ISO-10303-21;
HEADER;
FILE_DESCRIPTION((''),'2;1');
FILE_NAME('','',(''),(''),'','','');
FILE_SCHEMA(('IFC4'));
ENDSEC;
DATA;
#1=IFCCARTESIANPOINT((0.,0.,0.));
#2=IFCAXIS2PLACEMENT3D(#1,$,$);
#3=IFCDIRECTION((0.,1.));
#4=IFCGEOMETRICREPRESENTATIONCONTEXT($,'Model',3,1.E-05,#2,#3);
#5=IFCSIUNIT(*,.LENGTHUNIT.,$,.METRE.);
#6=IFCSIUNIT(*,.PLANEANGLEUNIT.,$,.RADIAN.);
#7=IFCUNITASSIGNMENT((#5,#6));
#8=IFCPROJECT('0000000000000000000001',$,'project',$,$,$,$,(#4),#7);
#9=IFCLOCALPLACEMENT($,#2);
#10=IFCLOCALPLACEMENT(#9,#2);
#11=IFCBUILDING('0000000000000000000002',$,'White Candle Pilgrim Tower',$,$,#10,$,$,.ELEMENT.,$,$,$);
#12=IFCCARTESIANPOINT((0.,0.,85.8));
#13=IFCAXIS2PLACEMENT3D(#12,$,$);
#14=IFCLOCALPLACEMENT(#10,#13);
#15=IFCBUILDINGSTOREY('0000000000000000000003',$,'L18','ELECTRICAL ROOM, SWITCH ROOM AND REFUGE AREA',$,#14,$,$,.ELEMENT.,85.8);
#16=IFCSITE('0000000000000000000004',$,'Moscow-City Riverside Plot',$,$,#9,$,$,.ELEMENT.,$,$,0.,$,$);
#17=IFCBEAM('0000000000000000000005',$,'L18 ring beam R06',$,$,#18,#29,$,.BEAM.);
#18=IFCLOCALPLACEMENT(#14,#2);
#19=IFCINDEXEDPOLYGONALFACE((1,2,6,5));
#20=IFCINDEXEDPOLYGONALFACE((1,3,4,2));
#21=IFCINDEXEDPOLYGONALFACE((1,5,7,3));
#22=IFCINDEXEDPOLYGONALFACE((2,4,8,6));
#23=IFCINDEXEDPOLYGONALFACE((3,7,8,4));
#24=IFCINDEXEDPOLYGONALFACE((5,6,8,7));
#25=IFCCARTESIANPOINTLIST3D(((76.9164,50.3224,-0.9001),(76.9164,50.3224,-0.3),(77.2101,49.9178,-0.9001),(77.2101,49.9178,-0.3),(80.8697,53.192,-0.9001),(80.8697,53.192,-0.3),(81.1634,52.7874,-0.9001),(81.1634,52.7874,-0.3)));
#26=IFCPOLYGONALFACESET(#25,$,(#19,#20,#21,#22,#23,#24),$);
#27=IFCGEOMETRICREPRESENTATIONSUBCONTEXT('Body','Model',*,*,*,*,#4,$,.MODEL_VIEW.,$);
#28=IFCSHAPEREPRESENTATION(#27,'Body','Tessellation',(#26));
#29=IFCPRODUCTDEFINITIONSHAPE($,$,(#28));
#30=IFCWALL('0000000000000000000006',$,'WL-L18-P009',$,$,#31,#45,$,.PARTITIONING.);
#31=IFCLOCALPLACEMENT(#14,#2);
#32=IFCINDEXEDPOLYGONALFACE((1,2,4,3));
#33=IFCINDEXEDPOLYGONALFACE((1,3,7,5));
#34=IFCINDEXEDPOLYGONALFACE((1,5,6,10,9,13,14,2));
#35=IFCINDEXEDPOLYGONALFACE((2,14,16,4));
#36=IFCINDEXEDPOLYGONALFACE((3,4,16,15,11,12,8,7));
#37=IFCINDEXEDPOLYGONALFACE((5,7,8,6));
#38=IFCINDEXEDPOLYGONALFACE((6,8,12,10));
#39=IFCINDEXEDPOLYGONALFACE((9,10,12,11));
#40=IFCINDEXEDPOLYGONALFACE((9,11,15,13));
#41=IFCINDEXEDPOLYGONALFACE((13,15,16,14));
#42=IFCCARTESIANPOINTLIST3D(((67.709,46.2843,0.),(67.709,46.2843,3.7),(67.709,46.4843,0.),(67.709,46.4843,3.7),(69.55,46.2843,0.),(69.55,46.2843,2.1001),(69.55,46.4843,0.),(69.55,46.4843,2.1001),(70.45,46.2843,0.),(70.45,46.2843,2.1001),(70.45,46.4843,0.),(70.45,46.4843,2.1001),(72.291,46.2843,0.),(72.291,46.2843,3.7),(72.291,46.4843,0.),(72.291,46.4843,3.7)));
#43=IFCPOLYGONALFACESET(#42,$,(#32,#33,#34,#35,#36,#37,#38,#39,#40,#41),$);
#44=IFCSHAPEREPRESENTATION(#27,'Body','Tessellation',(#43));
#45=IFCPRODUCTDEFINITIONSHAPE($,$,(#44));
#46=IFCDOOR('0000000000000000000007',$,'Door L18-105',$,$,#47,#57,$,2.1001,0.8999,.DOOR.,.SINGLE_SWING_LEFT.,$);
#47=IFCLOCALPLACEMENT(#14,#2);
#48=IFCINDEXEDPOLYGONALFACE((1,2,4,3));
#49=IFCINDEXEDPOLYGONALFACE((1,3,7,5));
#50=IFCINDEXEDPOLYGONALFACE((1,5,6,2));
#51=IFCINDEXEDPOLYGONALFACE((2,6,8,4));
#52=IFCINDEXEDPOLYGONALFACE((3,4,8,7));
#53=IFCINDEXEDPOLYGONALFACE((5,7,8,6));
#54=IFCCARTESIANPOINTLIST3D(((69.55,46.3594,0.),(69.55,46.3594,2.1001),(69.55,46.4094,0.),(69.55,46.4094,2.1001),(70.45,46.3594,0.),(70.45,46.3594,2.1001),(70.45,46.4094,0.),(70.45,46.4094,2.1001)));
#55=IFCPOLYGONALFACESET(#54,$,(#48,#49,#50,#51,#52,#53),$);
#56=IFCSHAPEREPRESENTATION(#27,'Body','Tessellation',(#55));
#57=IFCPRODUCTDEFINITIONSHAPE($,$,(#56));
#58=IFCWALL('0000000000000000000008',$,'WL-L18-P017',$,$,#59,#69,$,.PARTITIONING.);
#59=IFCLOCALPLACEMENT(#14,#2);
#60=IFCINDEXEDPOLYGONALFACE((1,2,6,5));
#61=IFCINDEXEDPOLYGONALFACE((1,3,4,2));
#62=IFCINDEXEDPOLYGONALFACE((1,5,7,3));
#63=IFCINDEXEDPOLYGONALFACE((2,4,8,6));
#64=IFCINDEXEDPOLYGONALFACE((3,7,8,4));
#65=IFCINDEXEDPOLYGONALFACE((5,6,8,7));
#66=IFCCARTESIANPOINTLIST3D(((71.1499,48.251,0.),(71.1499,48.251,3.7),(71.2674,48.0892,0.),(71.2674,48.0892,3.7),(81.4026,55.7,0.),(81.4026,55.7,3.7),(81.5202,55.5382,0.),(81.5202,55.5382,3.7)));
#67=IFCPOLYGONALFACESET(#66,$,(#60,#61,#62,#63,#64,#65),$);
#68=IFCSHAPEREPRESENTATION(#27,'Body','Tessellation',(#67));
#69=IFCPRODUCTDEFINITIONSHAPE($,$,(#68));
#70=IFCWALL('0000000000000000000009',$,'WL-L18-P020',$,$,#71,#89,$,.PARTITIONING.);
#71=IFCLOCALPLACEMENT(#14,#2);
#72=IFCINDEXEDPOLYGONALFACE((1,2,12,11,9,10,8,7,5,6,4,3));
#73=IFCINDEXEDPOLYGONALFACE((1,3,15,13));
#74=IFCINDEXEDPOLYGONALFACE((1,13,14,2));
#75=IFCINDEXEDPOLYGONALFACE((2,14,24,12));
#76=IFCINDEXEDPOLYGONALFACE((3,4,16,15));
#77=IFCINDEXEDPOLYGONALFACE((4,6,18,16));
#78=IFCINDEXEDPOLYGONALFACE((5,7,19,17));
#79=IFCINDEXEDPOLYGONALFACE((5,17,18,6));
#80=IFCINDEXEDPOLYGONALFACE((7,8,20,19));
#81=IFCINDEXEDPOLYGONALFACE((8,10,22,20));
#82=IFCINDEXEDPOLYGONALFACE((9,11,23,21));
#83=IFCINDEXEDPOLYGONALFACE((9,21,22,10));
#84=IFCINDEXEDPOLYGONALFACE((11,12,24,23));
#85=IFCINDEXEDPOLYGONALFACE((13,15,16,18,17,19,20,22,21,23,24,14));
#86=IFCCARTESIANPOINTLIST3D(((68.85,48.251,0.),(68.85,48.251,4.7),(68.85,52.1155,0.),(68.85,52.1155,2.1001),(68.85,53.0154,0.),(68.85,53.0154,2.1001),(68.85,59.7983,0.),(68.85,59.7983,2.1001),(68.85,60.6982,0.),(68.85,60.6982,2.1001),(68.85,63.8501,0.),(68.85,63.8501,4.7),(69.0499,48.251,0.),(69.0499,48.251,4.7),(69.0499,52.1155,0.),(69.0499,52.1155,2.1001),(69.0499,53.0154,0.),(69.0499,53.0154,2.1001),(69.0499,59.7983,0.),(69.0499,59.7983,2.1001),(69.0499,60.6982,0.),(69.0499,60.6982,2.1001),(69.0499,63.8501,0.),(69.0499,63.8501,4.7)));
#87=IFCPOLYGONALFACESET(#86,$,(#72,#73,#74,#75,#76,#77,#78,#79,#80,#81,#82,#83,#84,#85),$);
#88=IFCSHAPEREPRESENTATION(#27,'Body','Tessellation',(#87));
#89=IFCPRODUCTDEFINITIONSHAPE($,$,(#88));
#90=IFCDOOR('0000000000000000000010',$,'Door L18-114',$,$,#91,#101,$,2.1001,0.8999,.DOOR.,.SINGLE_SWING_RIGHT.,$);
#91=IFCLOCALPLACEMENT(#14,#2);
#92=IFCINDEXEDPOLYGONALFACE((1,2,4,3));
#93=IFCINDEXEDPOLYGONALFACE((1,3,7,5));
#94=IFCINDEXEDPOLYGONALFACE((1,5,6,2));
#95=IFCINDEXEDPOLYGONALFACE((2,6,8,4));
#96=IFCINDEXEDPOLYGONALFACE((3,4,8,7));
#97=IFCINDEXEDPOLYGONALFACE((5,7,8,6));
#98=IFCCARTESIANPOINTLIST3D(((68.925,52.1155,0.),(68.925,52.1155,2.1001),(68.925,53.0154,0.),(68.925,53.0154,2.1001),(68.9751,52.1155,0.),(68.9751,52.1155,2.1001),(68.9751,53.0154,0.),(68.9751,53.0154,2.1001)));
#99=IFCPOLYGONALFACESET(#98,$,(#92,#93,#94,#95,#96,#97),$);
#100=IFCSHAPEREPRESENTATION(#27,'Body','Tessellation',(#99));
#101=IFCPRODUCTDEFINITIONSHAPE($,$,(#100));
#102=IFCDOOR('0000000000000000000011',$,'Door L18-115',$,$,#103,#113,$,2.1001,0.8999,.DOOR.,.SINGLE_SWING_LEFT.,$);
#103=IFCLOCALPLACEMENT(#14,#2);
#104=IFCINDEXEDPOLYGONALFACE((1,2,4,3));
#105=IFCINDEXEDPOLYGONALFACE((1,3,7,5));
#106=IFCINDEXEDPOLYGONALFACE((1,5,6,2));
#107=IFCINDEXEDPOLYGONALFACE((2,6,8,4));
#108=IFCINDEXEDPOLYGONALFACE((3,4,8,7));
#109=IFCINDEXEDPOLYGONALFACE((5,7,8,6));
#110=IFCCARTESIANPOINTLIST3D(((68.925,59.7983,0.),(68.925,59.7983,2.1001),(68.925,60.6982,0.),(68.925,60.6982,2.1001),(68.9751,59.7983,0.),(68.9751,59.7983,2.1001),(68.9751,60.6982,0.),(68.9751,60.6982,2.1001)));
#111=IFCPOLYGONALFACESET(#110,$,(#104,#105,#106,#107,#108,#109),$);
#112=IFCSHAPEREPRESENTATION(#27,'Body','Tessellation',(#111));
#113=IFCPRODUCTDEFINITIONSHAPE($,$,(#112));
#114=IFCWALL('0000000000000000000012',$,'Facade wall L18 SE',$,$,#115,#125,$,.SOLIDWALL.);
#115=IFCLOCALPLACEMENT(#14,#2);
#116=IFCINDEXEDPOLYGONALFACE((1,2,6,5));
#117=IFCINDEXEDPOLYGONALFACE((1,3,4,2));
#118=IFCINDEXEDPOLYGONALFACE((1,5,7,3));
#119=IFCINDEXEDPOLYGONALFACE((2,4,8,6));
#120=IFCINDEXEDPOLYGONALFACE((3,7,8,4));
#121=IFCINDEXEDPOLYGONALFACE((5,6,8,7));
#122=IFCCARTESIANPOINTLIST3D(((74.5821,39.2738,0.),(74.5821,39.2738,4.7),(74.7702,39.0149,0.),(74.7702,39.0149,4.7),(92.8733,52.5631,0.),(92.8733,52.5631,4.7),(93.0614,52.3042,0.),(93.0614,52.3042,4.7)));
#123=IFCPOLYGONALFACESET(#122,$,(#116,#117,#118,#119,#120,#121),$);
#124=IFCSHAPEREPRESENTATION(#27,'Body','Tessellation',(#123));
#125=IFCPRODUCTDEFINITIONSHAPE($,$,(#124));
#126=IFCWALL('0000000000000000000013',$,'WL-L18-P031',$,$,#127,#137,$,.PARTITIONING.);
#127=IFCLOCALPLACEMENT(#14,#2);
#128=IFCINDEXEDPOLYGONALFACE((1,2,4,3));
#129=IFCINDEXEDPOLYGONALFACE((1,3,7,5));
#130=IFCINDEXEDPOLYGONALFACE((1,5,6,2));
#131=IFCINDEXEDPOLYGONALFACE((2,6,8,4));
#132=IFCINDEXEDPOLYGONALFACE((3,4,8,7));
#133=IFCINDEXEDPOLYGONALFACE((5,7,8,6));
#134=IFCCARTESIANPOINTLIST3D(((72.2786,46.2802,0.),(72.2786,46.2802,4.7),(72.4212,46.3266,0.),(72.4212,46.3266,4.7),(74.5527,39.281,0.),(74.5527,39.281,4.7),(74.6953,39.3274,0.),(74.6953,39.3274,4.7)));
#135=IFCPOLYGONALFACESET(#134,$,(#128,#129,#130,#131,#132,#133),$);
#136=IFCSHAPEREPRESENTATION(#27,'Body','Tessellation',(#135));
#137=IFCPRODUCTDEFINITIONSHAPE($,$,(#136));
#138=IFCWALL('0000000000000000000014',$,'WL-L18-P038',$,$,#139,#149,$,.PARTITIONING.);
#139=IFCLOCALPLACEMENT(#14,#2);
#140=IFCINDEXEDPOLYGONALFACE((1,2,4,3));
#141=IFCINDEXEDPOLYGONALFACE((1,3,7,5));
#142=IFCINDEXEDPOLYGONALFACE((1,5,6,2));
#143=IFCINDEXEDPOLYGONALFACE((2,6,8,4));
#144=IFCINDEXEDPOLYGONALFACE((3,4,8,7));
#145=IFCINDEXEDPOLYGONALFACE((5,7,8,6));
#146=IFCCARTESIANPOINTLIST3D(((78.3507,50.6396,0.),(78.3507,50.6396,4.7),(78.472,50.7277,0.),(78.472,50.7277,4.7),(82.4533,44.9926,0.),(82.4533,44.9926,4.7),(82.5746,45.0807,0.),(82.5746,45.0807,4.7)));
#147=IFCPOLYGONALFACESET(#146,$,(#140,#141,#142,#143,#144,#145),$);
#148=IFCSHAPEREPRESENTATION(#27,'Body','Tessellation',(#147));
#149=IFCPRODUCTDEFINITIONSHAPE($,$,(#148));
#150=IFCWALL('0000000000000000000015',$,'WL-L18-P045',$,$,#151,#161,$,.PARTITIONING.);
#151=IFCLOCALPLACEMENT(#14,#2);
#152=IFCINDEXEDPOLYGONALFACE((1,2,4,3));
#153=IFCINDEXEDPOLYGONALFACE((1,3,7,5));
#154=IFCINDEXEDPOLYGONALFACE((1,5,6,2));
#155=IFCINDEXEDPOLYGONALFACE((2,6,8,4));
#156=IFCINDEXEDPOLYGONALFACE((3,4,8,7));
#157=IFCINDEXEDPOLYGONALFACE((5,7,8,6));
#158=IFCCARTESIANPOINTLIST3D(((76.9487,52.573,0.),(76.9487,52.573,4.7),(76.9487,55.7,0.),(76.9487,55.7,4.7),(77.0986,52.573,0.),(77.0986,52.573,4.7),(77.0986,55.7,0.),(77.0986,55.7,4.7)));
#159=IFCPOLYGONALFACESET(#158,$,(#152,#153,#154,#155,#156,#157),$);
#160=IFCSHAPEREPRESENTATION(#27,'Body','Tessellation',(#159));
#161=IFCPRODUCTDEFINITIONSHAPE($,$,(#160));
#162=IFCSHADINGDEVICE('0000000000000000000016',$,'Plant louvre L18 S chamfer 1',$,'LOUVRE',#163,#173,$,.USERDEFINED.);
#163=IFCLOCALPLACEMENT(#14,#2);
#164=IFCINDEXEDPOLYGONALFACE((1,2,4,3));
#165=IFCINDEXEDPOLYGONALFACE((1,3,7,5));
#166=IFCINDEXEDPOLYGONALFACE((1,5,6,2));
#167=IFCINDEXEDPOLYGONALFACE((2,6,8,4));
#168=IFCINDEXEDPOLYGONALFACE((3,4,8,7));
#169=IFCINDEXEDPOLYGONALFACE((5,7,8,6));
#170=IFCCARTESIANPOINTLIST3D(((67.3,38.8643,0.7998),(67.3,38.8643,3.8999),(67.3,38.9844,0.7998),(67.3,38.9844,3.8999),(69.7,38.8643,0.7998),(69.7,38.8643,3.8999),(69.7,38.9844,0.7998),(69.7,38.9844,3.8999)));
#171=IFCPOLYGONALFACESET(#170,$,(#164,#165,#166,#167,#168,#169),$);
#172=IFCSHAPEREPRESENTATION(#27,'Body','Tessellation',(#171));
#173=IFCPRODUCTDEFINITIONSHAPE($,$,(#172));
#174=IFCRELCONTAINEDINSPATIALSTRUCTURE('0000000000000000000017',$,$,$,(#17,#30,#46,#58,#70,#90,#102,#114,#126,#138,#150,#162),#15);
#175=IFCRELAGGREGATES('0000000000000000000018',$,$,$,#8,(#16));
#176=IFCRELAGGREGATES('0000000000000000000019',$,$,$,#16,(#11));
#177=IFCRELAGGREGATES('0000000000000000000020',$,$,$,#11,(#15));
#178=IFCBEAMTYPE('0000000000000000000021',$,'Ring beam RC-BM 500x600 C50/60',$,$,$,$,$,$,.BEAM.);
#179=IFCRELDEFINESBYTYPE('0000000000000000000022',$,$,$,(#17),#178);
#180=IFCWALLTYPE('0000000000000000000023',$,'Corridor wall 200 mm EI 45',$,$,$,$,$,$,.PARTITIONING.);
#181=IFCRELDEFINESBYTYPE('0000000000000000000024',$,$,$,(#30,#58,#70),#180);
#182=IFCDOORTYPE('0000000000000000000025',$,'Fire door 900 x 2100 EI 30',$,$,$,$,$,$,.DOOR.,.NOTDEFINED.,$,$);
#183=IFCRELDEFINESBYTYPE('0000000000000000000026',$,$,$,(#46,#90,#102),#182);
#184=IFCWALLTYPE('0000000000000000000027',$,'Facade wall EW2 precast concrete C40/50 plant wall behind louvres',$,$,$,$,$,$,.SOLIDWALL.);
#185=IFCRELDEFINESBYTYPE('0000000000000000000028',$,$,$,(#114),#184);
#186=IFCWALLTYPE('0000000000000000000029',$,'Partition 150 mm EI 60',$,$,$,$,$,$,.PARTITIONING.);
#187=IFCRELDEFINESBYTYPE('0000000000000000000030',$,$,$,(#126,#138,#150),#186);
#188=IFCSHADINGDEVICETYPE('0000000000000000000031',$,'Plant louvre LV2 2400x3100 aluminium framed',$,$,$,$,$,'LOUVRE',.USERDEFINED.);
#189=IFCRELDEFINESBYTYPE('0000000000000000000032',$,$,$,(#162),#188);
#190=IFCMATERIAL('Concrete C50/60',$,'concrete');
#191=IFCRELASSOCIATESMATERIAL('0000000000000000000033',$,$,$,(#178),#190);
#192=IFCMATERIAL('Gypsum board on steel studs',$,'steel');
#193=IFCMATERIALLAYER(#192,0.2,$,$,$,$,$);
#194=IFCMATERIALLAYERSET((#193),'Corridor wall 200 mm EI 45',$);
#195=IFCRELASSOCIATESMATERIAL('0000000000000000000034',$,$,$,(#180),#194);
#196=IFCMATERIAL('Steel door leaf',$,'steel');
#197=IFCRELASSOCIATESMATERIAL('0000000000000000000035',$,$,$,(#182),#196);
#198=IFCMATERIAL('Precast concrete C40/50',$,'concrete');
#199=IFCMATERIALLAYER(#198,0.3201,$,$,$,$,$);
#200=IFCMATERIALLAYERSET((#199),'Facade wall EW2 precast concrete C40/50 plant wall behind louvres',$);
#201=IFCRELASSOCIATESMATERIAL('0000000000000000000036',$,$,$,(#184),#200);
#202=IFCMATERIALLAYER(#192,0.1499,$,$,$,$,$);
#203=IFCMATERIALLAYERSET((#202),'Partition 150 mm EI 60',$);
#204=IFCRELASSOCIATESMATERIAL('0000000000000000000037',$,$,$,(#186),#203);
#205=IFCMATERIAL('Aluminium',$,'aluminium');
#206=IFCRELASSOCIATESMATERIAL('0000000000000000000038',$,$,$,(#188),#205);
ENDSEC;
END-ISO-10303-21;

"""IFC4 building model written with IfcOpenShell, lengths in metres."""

from ifc_helpers import new_model, si_unit, direction, frame, frame_2d, origin, origin_2d, place, context, subcontext, project, spatial, rectangle, extrude, material, layer, layer_set, material_profile, profile_set, type_object, element, fill, save


model = new_model("IFC4")

# Units and contexts
model_context = context("Model", 3, precision=1e-05, world=origin(), true_north=direction((0.0, 1.0)))
body_context = subcontext(model_context, "Body", "Model", "MODEL_VIEW")
ifc_project = project(units=[si_unit("LENGTHUNIT", "METRE"), si_unit("PLANEANGLEUNIT", "RADIAN")], contexts=[model_context])

# Site, building, storey
site_placement = place(None, origin())
site = spatial("IfcSite", under=ifc_project, at=site_placement, Name="Moscow-City Riverside Plot", CompositionType="ELEMENT", RefElevation=0.0)
building_placement = place(site_placement, origin())
building = spatial("IfcBuilding", under=site, at=building_placement, Name="White Candle Pilgrim Tower", CompositionType="ELEMENT")
storey_placement = place(building_placement, frame((0.0, 0.0, 85.8)))
storey = spatial("IfcBuildingStorey", under=building, at=storey_placement, Name="L18", Description="ELECTRICAL ROOM, SWITCH ROOM AND REFUGE AREA", CompositionType="ELEMENT", Elevation=85.8)

# Beam
ifc_material_1 = material(Name="Concrete C50/60", Category="concrete")
ifc_material_profile_1 = material_profile(ifc_material_1, rectangle(XDim=0.5, YDim=0.6001, at=origin_2d()), Name="RC-BM 500x600")
ifc_profile_set_1 = profile_set([ifc_material_profile_1], Name="Concrete C50/60")
beam_type = type_object("IfcBeamType", Name="Ring beam RC-BM 500x600 C50/60", PredefinedType="BEAM", material=ifc_profile_set_1)
beam_1_placement = place(storey_placement, frame((77.0632, 50.1201, -0.6001), z_axis=(0.809276, 0.587429, 0.0), x_axis=(-0.587429, 0.809276, 0.0)))
element("IfcBeam", 1, at=beam_1_placement, inside=storey, type_object=beam_type, Name="L18 ring beam R06", PredefinedType="BEAM", context=body_context, shape_type="SweptSolid", body=[
    extrude(rectangle(XDim=0.5, YDim=0.6001, at=origin_2d()), origin(), (0.0, 0.0, 1.0), 4.885),
])

# Wall, opening, door
ifc_material_2 = material(Name="Gypsum board on steel studs", Category="steel")
ifc_layer_1 = layer(ifc_material_2, 0.2)
ifc_layer_set_1 = layer_set([ifc_layer_1], Name="Corridor wall 200 mm EI 45")
wall_type_1 = type_object("IfcWallType", Name="Corridor wall 200 mm EI 45", PredefinedType="PARTITIONING", material=ifc_layer_set_1)
wall_1_placement = place(storey_placement, frame((72.291, 46.3843, 0.0), z_axis=(0.0, 0.0, 1.0), x_axis=(-1.0, 0.0, 0.0)))
wall_1 = element("IfcWall", 2, at=wall_1_placement, inside=storey, type_object=wall_type_1, Name="WL-L18-P009", PredefinedType="PARTITIONING", context=body_context, shape_type="SweptSolid", body=[
    extrude(rectangle(XDim=4.582, YDim=0.2, at=frame_2d((2.291, 0.0))), origin(), (0.0, 0.0, 1.0), 3.7),
])
opening_1_placement = place(wall_1_placement, frame((1.8411, 0.0, 0.0)))
opening_1 = element("IfcOpeningElement", 3, at=opening_1_placement, cuts=wall_1, PredefinedType="OPENING", context=body_context, shape_type="SweptSolid", body=[
    extrude(rectangle(XDim=0.8999, YDim=2.1001, at=frame_2d((0.45, 1.05))), frame((0.0, 0.1099, 0.0), z_axis=(0.0, -1.0, 0.0), x_axis=(1.0, 0.0, 0.0)), (0.0, 0.0, 1.0), 0.22),
])
ifc_material_3 = material(Name="Steel door leaf", Category="steel")
door_type = type_object("IfcDoorType", Name="Fire door 900 x 2100 EI 30", OperationType="NOTDEFINED", PredefinedType="DOOR", material=ifc_material_3)
door_1_placement = place(opening_1_placement, origin())
door_1 = element("IfcDoor", 4, at=door_1_placement, inside=storey, type_object=door_type, Name="Door L18-105", OperationType="SINGLE_SWING_LEFT", OverallHeight=2.1001, OverallWidth=0.8999, PredefinedType="DOOR", context=body_context, shape_type="SweptSolid", body=[
    extrude(rectangle(XDim=0.8999, YDim=2.1001, at=frame_2d((0.45, 1.05))), frame((0.0, 0.0249, 0.0), z_axis=(0.0, -1.0, 0.0), x_axis=(1.0, 0.0, 0.0)), (0.0, 0.0, 1.0), 0.05),
])
fill(opening_1, door_1)

# Wall
wall_2_placement = place(storey_placement, frame((71.2087, 48.1702, 0.0), z_axis=(0.0, 0.0, 1.0), x_axis=(0.809018, 0.587783, 0.0)))
element("IfcWall", 5, at=wall_2_placement, inside=storey, type_object=wall_type_1, Name="WL-L18-P017", PredefinedType="PARTITIONING", context=body_context, shape_type="SweptSolid", body=[
    extrude(rectangle(XDim=12.6731, YDim=0.2, at=frame_2d((6.3364, 0.0))), origin(), (0.0, 0.0, 1.0), 3.7),
])

# Wall, openings, doors
wall_3_placement = place(storey_placement, frame((68.95, 48.251, 0.0), z_axis=(0.0, 0.0, 1.0), x_axis=(0.0, 1.0, 0.0)))
wall_3 = element("IfcWall", 6, at=wall_3_placement, inside=storey, type_object=wall_type_1, Name="WL-L18-P020", PredefinedType="PARTITIONING", context=body_context, shape_type="SweptSolid", body=[
    extrude(rectangle(XDim=15.5991, YDim=0.2, at=frame_2d((7.7996, 0.0))), origin(), (0.0, 0.0, 1.0), 4.7),
])
opening_2_placement = place(wall_3_placement, frame((3.8645, 0.0, 0.0)))
opening_2 = element("IfcOpeningElement", 7, at=opening_2_placement, cuts=wall_3, PredefinedType="OPENING", context=body_context, shape_type="SweptSolid", body=[
    extrude(rectangle(XDim=0.8999, YDim=2.1001, at=frame_2d((0.45, 1.05))), frame((0.0, 0.1099, 0.0), z_axis=(0.0, -1.0, 0.0), x_axis=(1.0, 0.0, 0.0)), (0.0, 0.0, 1.0), 0.22),
])
opening_3_placement = place(wall_3_placement, frame((11.5474, 0.0, 0.0)))
opening_3 = element("IfcOpeningElement", 8, at=opening_3_placement, cuts=wall_3, PredefinedType="OPENING", context=body_context, shape_type="SweptSolid", body=[
    extrude(rectangle(XDim=0.8999, YDim=2.1001, at=frame_2d((0.45, 1.05))), frame((0.0, 0.1099, 0.0), z_axis=(0.0, -1.0, 0.0), x_axis=(1.0, 0.0, 0.0)), (0.0, 0.0, 1.0), 0.22),
])
door_2_placement = place(opening_2_placement, origin())
door_2 = element("IfcDoor", 9, at=door_2_placement, inside=storey, type_object=door_type, Name="Door L18-114", OperationType="SINGLE_SWING_RIGHT", OverallHeight=2.1001, OverallWidth=0.8999, PredefinedType="DOOR", context=body_context, shape_type="SweptSolid", body=[
    extrude(rectangle(XDim=0.8999, YDim=2.1001, at=frame_2d((0.45, 1.05))), frame((0.0, 0.0249, 0.0), z_axis=(0.0, -1.0, 0.0), x_axis=(1.0, 0.0, 0.0)), (0.0, 0.0, 1.0), 0.05),
])
fill(opening_2, door_2)
door_3_placement = place(opening_3_placement, origin())
door_3 = element("IfcDoor", 10, at=door_3_placement, inside=storey, type_object=door_type, Name="Door L18-115", OperationType="SINGLE_SWING_LEFT", OverallHeight=2.1001, OverallWidth=0.8999, PredefinedType="DOOR", context=body_context, shape_type="SweptSolid", body=[
    extrude(rectangle(XDim=0.8999, YDim=2.1001, at=frame_2d((0.45, 1.05))), frame((0.0, 0.0249, 0.0), z_axis=(0.0, -1.0, 0.0), x_axis=(1.0, 0.0, 0.0)), (0.0, 0.0, 1.0), 0.05),
])
fill(opening_3, door_3)

# Walls
ifc_material_4 = material(Name="Precast concrete C40/50", Category="concrete")
ifc_layer_2 = layer(ifc_material_4, 0.3201)
ifc_layer_set_2 = layer_set([ifc_layer_2], Name="Facade wall EW2 precast concrete C40/50 plant wall behind louvres")
wall_type_2 = type_object("IfcWallType", Name="Facade wall EW2 precast concrete C40/50 plant wall behind louvres", PredefinedType="SOLIDWALL", material=ifc_layer_set_2)
wall_4_placement = place(storey_placement, frame((74.676, 39.1443, 0.0), z_axis=(0.0, 0.0, 1.0), x_axis=(0.809018, 0.587783, 0.0)))
element("IfcWall", 11, at=wall_4_placement, inside=storey, type_object=wall_type_2, Name="Facade wall L18 SE", PredefinedType="SOLIDWALL", context=body_context, shape_type="SweptSolid", body=[
    extrude(rectangle(XDim=22.6091, YDim=0.3201, at=frame_2d((11.3047, 0.0))), origin(), (0.0, 0.0, 1.0), 4.7),
])
ifc_layer_3 = layer(ifc_material_2, 0.1499)
ifc_layer_set_3 = layer_set([ifc_layer_3], Name="Partition 150 mm EI 60")
wall_type_3 = type_object("IfcWallType", Name="Partition 150 mm EI 60", PredefinedType="PARTITIONING", material=ifc_layer_set_3)
wall_5_placement = place(storey_placement, frame((74.624, 39.3042, 0.0), z_axis=(0.0, 0.0, 1.0), x_axis=(-0.309013, 0.951058, 0.0)))
element("IfcWall", 12, at=wall_5_placement, inside=storey, type_object=wall_type_3, Name="WL-L18-P031", PredefinedType="PARTITIONING", context=body_context, shape_type="SweptSolid", body=[
    extrude(rectangle(XDim=7.3594, YDim=0.1499, at=frame_2d((3.6797, 0.0))), origin(), (0.0, 0.0, 1.0), 4.7),
])
wall_6_placement = place(storey_placement, frame((82.5139, 45.0366, 0.0), z_axis=(0.0, 0.0, 1.0), x_axis=(-0.587764, 0.809032, 0.0)))
element("IfcWall", 13, at=wall_6_placement, inside=storey, type_object=wall_type_3, Name="WL-L18-P038", PredefinedType="PARTITIONING", context=body_context, shape_type="SweptSolid", body=[
    extrude(rectangle(XDim=6.98, YDim=0.1499, at=frame_2d((3.49, 0.0))), origin(), (0.0, 0.0, 1.0), 4.7),
])
wall_7_placement = place(storey_placement, frame((77.0237, 52.573, 0.0), z_axis=(0.0, 0.0, 1.0), x_axis=(0.0, 1.0, 0.0)))
element("IfcWall", 14, at=wall_7_placement, inside=storey, type_object=wall_type_3, Name="WL-L18-P045", PredefinedType="PARTITIONING", context=body_context, shape_type="SweptSolid", body=[
    extrude(rectangle(XDim=3.127, YDim=0.1499, at=frame_2d((1.5635, 0.0))), origin(), (0.0, 0.0, 1.0), 4.7),
])

# Shading device
ifc_material_5 = material(Name="Aluminium", Category="aluminium")
shading_device_type = type_object("IfcShadingDeviceType", Name="Plant louvre LV2 2400x3100 aluminium framed", ElementType="LOUVRE", PredefinedType="USERDEFINED", material=ifc_material_5)
for number, where, z_axis, x_axis, name in (
    (15, (68.5, 38.9243, 0.7998), (0.0, 0.0, 1.0), (1.0, 0.0, 0.0), "Plant louvre L18 S chamfer 1"),
):
    element("IfcShadingDevice", number, at=place(storey_placement, frame(where, z_axis=z_axis, x_axis=x_axis)), inside=storey, type_object=shading_device_type, Name=name, ObjectType="LOUVRE", PredefinedType="USERDEFINED", context=body_context, shape_type="SweptSolid", body=[
        extrude(rectangle(XDim=2.3999, YDim=0.1201, at=origin_2d()), origin(), (0.0, 0.0, 1.0), 3.1001),
    ])

save(model, "model.ifc")
